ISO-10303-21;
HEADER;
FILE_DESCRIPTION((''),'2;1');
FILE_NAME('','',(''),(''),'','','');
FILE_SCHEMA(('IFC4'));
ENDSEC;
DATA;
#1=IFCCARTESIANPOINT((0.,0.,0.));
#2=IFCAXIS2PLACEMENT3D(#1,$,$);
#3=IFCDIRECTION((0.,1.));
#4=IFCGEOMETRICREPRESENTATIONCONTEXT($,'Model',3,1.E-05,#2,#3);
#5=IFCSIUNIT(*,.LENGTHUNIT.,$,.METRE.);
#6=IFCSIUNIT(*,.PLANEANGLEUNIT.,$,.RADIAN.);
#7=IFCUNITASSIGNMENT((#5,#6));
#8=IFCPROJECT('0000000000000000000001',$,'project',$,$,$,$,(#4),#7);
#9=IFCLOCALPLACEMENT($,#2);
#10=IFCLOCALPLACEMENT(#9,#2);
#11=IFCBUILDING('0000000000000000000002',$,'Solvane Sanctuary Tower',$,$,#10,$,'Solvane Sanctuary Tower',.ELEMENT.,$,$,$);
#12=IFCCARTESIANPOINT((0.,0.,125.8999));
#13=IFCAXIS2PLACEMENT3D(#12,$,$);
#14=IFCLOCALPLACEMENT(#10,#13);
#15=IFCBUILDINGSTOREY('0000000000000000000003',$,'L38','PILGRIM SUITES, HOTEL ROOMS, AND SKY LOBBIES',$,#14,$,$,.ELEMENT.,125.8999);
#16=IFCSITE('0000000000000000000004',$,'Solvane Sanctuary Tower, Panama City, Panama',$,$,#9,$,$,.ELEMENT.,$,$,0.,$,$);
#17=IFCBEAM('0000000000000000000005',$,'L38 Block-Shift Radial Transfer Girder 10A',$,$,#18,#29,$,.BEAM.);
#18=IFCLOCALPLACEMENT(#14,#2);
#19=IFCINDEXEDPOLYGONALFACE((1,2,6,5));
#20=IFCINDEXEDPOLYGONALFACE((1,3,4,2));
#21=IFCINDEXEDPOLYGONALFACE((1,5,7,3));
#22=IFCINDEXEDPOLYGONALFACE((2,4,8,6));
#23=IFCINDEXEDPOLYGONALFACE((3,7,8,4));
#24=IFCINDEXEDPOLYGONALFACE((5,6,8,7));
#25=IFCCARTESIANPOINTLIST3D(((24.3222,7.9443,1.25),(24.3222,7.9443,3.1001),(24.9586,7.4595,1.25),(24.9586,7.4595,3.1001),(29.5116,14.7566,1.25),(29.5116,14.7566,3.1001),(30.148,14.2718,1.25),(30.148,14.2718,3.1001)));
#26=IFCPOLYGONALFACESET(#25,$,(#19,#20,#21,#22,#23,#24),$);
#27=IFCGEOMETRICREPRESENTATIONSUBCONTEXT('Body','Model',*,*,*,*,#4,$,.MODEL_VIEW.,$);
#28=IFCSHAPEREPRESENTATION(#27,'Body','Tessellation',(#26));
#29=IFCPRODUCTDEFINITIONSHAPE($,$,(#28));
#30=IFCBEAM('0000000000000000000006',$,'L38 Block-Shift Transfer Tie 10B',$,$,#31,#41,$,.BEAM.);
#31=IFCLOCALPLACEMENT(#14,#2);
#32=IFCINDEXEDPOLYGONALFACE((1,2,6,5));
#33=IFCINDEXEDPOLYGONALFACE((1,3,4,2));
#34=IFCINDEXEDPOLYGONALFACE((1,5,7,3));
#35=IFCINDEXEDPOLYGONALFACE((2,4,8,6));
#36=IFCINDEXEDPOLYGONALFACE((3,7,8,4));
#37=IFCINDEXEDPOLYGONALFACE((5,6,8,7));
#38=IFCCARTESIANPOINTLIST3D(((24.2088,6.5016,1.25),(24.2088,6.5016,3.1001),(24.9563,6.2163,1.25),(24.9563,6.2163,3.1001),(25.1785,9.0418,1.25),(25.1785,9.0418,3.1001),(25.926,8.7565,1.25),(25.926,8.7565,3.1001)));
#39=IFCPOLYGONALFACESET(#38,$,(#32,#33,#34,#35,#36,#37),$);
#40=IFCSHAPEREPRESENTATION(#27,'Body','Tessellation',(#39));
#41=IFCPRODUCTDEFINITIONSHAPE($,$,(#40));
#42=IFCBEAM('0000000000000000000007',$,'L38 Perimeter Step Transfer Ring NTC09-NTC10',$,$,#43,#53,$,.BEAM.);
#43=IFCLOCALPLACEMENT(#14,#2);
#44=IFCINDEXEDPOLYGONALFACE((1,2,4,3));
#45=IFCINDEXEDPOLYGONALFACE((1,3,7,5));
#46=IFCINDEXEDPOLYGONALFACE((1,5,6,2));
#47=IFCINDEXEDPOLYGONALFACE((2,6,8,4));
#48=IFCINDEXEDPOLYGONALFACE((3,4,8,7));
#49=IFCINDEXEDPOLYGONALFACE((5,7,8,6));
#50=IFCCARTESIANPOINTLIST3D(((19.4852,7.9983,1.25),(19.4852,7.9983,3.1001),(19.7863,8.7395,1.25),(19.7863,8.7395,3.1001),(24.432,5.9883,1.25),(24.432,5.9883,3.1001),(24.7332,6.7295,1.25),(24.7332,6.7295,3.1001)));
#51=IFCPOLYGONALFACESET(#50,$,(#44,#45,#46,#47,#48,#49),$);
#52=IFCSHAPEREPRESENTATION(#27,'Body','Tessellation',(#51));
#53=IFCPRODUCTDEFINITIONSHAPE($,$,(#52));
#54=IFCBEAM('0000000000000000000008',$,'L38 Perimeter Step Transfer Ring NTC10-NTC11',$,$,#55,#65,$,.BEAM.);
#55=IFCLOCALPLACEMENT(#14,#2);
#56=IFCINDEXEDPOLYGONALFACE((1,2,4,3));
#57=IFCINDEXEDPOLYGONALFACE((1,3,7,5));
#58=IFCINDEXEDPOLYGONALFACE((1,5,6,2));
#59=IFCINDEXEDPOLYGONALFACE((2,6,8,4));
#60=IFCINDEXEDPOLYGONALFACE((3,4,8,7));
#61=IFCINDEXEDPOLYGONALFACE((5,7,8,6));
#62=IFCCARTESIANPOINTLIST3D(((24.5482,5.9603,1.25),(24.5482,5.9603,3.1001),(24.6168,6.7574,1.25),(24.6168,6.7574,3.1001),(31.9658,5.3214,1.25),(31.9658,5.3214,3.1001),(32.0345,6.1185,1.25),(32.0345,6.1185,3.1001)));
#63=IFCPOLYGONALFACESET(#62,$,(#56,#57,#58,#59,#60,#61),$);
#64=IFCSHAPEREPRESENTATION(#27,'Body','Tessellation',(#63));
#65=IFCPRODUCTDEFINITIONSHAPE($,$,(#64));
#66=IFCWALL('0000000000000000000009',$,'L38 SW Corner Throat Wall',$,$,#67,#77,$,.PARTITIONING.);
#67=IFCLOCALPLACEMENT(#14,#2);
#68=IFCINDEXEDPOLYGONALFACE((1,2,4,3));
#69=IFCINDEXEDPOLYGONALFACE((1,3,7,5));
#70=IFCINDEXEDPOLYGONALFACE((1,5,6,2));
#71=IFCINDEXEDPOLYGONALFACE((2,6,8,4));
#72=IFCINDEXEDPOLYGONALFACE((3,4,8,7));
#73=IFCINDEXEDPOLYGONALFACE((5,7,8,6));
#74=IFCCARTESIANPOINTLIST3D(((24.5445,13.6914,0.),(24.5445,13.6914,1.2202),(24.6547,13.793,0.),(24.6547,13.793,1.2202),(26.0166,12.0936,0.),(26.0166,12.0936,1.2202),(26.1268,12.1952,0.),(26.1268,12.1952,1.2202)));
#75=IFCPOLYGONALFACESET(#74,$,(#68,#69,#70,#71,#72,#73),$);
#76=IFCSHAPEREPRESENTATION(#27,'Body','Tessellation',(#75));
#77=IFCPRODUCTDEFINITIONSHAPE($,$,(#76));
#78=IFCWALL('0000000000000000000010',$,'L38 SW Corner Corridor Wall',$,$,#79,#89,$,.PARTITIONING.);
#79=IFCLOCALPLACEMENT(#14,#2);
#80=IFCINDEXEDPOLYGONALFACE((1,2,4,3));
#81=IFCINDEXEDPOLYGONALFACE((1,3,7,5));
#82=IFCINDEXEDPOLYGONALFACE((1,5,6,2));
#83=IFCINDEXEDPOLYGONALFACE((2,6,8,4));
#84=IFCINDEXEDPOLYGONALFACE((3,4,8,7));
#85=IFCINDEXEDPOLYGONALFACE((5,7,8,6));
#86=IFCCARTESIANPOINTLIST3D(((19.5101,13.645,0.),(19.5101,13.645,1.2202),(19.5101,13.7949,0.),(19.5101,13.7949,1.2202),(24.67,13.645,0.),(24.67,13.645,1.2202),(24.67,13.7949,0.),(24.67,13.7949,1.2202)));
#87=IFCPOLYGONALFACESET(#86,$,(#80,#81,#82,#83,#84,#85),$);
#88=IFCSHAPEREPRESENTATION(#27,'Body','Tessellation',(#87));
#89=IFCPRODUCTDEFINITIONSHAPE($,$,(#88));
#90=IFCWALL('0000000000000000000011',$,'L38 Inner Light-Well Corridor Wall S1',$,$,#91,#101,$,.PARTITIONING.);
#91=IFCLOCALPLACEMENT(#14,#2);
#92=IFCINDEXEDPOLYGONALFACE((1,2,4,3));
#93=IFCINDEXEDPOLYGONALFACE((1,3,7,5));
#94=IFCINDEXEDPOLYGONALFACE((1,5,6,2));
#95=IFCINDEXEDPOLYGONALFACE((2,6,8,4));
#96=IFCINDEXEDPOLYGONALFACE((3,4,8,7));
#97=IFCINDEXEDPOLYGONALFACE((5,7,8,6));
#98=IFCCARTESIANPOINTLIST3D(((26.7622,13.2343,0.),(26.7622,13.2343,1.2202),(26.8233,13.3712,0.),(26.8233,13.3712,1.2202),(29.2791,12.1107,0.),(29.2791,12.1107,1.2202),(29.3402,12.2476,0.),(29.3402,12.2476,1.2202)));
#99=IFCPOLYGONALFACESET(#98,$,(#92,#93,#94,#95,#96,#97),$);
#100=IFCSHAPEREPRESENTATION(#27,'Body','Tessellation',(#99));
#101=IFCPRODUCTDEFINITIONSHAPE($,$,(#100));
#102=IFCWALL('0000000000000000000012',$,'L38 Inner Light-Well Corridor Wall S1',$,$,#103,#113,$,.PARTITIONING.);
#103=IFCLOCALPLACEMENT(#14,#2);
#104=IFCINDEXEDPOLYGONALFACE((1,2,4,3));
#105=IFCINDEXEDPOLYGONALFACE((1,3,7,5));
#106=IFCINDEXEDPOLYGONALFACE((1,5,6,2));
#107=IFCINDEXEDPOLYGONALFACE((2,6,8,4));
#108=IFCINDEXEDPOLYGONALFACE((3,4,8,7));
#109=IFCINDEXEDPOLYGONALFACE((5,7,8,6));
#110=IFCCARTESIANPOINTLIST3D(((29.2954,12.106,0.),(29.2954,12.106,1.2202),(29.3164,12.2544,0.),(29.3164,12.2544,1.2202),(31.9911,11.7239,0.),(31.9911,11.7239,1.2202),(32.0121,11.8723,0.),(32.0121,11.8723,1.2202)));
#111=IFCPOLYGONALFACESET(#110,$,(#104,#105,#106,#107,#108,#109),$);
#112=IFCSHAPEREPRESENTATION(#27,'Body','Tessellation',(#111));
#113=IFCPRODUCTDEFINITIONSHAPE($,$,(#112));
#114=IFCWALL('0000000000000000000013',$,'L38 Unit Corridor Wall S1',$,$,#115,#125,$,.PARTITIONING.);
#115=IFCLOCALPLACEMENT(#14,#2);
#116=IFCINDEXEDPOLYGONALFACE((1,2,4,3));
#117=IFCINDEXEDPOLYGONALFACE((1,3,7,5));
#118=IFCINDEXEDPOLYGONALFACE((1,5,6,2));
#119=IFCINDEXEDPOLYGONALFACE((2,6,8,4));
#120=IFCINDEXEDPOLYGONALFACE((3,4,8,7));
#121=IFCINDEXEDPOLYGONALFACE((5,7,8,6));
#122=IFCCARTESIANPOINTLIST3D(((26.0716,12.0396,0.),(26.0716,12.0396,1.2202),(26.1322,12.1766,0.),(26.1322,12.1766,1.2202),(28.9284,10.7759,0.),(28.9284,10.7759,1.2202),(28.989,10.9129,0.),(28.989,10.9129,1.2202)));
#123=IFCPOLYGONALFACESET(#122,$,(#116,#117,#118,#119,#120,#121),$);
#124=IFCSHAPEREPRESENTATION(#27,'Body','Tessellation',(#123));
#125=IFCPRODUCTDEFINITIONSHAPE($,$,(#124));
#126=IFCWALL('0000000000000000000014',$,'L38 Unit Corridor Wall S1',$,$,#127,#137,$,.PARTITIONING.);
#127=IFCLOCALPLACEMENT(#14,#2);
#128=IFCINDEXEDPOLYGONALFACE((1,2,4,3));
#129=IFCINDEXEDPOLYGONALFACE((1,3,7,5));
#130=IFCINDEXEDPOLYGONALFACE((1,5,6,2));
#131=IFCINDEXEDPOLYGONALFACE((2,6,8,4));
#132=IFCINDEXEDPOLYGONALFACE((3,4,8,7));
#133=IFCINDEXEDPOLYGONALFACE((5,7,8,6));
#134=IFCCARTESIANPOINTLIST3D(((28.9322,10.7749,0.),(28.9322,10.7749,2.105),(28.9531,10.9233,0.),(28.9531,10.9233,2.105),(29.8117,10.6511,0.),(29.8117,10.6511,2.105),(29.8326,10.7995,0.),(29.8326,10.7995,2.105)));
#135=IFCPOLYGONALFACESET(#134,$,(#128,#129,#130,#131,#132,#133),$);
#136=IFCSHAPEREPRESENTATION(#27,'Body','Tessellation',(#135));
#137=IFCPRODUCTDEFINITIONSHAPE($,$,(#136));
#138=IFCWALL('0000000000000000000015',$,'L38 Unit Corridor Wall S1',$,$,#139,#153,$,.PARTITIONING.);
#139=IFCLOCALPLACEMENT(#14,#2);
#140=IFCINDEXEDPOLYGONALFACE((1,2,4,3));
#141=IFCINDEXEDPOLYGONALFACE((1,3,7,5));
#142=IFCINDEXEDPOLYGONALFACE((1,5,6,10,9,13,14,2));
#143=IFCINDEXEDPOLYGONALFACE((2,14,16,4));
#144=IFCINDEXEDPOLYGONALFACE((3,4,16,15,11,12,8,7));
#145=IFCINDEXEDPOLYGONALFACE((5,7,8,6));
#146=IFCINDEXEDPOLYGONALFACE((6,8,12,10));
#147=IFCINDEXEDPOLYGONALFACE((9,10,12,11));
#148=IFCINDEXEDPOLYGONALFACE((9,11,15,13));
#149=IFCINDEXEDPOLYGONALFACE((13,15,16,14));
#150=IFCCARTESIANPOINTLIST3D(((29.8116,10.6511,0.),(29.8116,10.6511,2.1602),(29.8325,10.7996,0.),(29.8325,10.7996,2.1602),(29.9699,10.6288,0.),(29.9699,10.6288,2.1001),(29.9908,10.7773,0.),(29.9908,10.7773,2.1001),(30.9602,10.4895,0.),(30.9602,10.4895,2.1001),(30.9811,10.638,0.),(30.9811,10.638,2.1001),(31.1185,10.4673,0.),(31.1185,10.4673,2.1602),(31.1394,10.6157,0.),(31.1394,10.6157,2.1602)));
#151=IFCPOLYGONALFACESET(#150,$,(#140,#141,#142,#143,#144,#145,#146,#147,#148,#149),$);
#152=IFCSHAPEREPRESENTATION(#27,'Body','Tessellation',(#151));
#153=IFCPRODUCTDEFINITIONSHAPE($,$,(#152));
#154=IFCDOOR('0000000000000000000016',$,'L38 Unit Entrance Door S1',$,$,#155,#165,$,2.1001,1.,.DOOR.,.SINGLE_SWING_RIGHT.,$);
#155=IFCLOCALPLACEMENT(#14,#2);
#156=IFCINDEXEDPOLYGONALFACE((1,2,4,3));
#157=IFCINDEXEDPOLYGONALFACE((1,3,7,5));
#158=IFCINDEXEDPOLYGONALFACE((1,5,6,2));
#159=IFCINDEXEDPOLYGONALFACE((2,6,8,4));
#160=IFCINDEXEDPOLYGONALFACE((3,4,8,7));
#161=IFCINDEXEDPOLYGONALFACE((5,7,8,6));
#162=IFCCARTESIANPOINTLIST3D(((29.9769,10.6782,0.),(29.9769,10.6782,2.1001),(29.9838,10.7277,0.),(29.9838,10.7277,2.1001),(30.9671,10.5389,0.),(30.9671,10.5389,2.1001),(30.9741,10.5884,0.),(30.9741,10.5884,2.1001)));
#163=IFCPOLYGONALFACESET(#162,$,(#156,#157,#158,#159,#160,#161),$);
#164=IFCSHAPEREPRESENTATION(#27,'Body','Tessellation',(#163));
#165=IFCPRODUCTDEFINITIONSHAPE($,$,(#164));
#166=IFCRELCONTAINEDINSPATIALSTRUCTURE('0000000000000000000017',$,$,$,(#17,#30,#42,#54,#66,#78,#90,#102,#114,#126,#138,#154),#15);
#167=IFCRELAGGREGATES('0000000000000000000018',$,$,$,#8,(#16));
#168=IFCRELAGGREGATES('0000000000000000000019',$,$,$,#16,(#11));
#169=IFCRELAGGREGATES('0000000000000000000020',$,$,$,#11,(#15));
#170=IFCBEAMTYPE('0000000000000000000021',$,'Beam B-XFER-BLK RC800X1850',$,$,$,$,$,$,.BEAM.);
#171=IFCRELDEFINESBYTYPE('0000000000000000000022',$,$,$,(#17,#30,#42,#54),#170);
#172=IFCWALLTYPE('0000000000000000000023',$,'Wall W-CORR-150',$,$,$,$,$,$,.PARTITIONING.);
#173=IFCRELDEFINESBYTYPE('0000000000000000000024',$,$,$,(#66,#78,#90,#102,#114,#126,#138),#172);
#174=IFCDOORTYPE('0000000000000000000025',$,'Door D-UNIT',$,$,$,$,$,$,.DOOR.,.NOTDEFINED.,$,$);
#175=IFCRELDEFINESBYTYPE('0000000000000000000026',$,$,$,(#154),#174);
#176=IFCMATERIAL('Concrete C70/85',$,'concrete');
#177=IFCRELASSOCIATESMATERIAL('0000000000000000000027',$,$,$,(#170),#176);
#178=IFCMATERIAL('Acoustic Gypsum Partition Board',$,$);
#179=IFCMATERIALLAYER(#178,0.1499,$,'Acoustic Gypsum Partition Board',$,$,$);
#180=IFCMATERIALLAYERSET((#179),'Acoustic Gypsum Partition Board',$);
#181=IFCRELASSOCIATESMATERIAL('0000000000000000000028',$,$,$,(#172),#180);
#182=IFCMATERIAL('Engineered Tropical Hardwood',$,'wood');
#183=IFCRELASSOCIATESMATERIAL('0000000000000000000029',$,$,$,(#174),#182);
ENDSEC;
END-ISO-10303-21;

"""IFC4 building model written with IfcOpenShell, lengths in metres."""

from ifc_helpers import new_model, si_unit, direction, frame, frame_2d, origin, origin_2d, place, context, subcontext, project, spatial, rectangle, extrude, material, layer, layer_set, material_profile, profile_set, type_object, element, fill, save


model = new_model("IFC4")

# Units and contexts
model_context = context("Model", 3, precision=1e-05, world=origin(), true_north=direction((0.0, 1.0)))
body_context = subcontext(model_context, "Body", "Model", "MODEL_VIEW")
ifc_project = project(units=[si_unit("LENGTHUNIT", "METRE"), si_unit("PLANEANGLEUNIT", "RADIAN")], contexts=[model_context])

# Site, building, storey
site_placement = place(None, origin())
site = spatial("IfcSite", under=ifc_project, at=site_placement, Name="Solvane Sanctuary Tower, Panama City, Panama", CompositionType="ELEMENT", RefElevation=0.0)
building_placement = place(site_placement, origin())
building = spatial("IfcBuilding", under=site, at=building_placement, Name="Solvane Sanctuary Tower", LongName="Solvane Sanctuary Tower", CompositionType="ELEMENT")
storey_placement = place(building_placement, frame((0.0, 0.0, 125.8999)))
storey = spatial("IfcBuildingStorey", under=building, at=storey_placement, Name="L38", Description="PILGRIM SUITES, HOTEL ROOMS, AND SKY LOBBIES", CompositionType="ELEMENT", Elevation=125.8999)

# Beams
ifc_material_1 = material(Name="Concrete C70/85", Category="concrete")
ifc_material_profile_1 = material_profile(ifc_material_1, rectangle(XDim=0.8, YDim=1.8501, at=origin_2d()), Name="RC800X1850")
ifc_profile_set_1 = profile_set([ifc_material_profile_1], Name="Concrete C70/85")
beam_type_1 = type_object("IfcBeamType", Name="Beam B-XFER-BLK RC800X1850", PredefinedType="BEAM", material=ifc_profile_set_1)
beam_1_placement = place(storey_placement, frame((29.8298, 14.5142, 2.175), z_axis=(-0.605981, -0.795479, 0.0), x_axis=(0.795479, -0.605981, 0.0)))
element("IfcBeam", 1, at=beam_1_placement, inside=storey, type_object=beam_type_1, Name="L38 Block-Shift Radial Transfer Girder 10A", PredefinedType="BEAM", context=body_context, shape_type="SweptSolid", body=[
    extrude(rectangle(XDim=0.8, YDim=1.8501, at=origin_2d()), origin(), (0.0, 0.0, 1.0), 8.5637),
])
beam_2_placement = place(storey_placement, frame((25.5522, 8.8992, 2.175), z_axis=(-0.356637, -0.934243, 0.0), x_axis=(0.934243, -0.356637, 0.0)))
element("IfcBeam", 2, at=beam_2_placement, inside=storey, type_object=beam_type_1, Name="L38 Block-Shift Transfer Tie 10B", PredefinedType="BEAM", context=body_context, shape_type="SweptSolid", body=[
    extrude(rectangle(XDim=0.8, YDim=1.8501, at=origin_2d()), origin(), (0.0, 0.0, 1.0), 2.719),
])
beam_3_placement = place(storey_placement, frame((19.6357, 8.3689, 2.175), z_axis=(0.926442, -0.376438, 0.0), x_axis=(0.376438, 0.926442, 0.0)))
element("IfcBeam", 3, at=beam_3_placement, inside=storey, type_object=beam_type_1, Name="L38 Perimeter Step Transfer Ring NTC09-NTC10", PredefinedType="BEAM", context=body_context, shape_type="SweptSolid", body=[
    extrude(rectangle(XDim=0.8, YDim=1.8501, at=origin_2d()), origin(), (0.0, 0.0, 1.0), 5.3396),
])
beam_4_placement = place(storey_placement, frame((24.5825, 6.3589, 2.175), z_axis=(0.996311, -0.085819, 0.0), x_axis=(0.085819, 0.996311, 0.0)))
element("IfcBeam", 4, at=beam_4_placement, inside=storey, type_object=beam_type_1, Name="L38 Perimeter Step Transfer Ring NTC10-NTC11", PredefinedType="BEAM", context=body_context, shape_type="SweptSolid", body=[
    extrude(rectangle(XDim=0.8, YDim=1.8501, at=origin_2d()), origin(), (0.0, 0.0, 1.0), 7.4451),
])

# Walls
ifc_material_2 = material(Name="Acoustic Gypsum Partition Board")
ifc_layer_1 = layer(ifc_material_2, 0.1499, Name="Acoustic Gypsum Partition Board")
ifc_layer_set_1 = layer_set([ifc_layer_1], Name="Acoustic Gypsum Partition Board")
wall_type_1 = type_object("IfcWallType", Name="Wall W-CORR-150", PredefinedType="PARTITIONING", material=ifc_layer_set_1)
wall_1_placement = place(storey_placement, frame((26.0718, 12.1443, 0.0), z_axis=(0.0, 0.0, 1.0), x_axis=(-0.67758, 0.735449, 0.0)))
element("IfcWall", 5, at=wall_1_placement, inside=storey, type_object=wall_type_1, Name="L38 SW Corner Throat Wall", PredefinedType="PARTITIONING", context=body_context, shape_type="SweptSolid", body=[
    extrude(rectangle(XDim=2.1726, YDim=0.1499, at=frame_2d((1.0864, 0.0))), origin(), (0.0, 0.0, 1.0), 1.2202),
])
wall_2_placement = place(storey_placement, frame((19.51, 13.72, 0.0), z_axis=(0.0, 0.0, 1.0), x_axis=(1.0, 0.0, 0.0)))
element("IfcWall", 6, at=wall_2_placement, inside=storey, type_object=wall_type_1, Name="L38 SW Corner Corridor Wall", PredefinedType="PARTITIONING", context=body_context, shape_type="SweptSolid", body=[
    extrude(rectangle(XDim=5.1599, YDim=0.1499, at=frame_2d((2.5801, 0.0))), origin(), (0.0, 0.0, 1.0), 1.2202),
])
wall_3_placement = place(storey_placement, frame((26.7927, 13.3027, 0.0), z_axis=(0.0, 0.0, 1.0), x_axis=(0.913146, -0.407634, 0.0)))
element("IfcWall", 7, at=wall_3_placement, inside=storey, type_object=wall_type_1, Name="L38 Inner Light-Well Corridor Wall S1", PredefinedType="PARTITIONING", context=body_context, shape_type="SweptSolid", body=[
    extrude(rectangle(XDim=2.7563, YDim=0.1499, at=frame_2d((1.3782, 0.0))), origin(), (0.0, 0.0, 1.0), 1.2202),
])
wall_4_placement = place(storey_placement, frame((29.3059, 12.1802, 0.0), z_axis=(0.0, 0.0, 1.0), x_axis=(0.990105, -0.140329, 0.0)))
element("IfcWall", 8, at=wall_4_placement, inside=storey, type_object=wall_type_1, Name="L38 Inner Light-Well Corridor Wall S1", PredefinedType="PARTITIONING", context=body_context, shape_type="SweptSolid", body=[
    extrude(rectangle(XDim=2.7227, YDim=0.1499, at=frame_2d((1.3613, 0.0))), origin(), (0.0, 0.0, 1.0), 1.2202),
])
wall_5_placement = place(storey_placement, frame((26.1018, 12.1082, 0.0), z_axis=(0.0, 0.0, 1.0), x_axis=(0.914519, -0.404542, 0.0)))
element("IfcWall", 9, at=wall_5_placement, inside=storey, type_object=wall_type_1, Name="L38 Unit Corridor Wall S1", PredefinedType="PARTITIONING", context=body_context, shape_type="SweptSolid", body=[
    extrude(rectangle(XDim=3.1238, YDim=0.1499, at=frame_2d((1.562, 0.0))), origin(), (0.0, 0.0, 1.0), 1.2202),
])
wall_6_placement = place(storey_placement, frame((28.9426, 10.8491, 0.0), z_axis=(0.0, 0.0, 1.0), x_axis=(0.990239, -0.139381, 0.0)))
element("IfcWall", 10, at=wall_6_placement, inside=storey, type_object=wall_type_1, Name="L38 Unit Corridor Wall S1", PredefinedType="PARTITIONING", context=body_context, shape_type="SweptSolid", body=[
    extrude(rectangle(XDim=0.8882, YDim=0.1499, at=frame_2d((0.4441, 0.0))), origin(), (0.0, 0.0, 1.0), 2.105),
])

# Wall, opening, door
wall_7_placement = place(storey_placement, frame((29.822, 10.7253, 0.0), z_axis=(0.0, 0.0, 1.0), x_axis=(0.990251, -0.139297, 0.0)))
wall_7 = element("IfcWall", 11, at=wall_7_placement, inside=storey, type_object=wall_type_1, Name="L38 Unit Corridor Wall S1", PredefinedType="PARTITIONING", context=body_context, shape_type="SweptSolid", body=[
    extrude(rectangle(XDim=1.3198, YDim=0.1499, at=frame_2d((0.6599, 0.0))), origin(), (0.0, 0.0, 1.0), 2.1602),
])
opening_1_placement = place(wall_7_placement, frame((0.1599, 0.0, 0.0)))
opening_1 = element("IfcOpeningElement", 12, at=opening_1_placement, cuts=wall_7, PredefinedType="OPENING", context=body_context, shape_type="SweptSolid", body=[
    extrude(rectangle(XDim=1.0, YDim=2.1001, at=frame_2d((0.5, 1.05))), frame((0.0, 0.085, 0.0), z_axis=(0.0, -1.0, 0.0), x_axis=(1.0, 0.0, 0.0)), (0.0, 0.0, 1.0), 0.1699),
])
ifc_material_3 = material(Name="Engineered Tropical Hardwood", Category="wood")
door_type = type_object("IfcDoorType", Name="Door D-UNIT", OperationType="NOTDEFINED", PredefinedType="DOOR", material=ifc_material_3)
door_placement = place(opening_1_placement, origin())
door = element("IfcDoor", 13, at=door_placement, inside=storey, type_object=door_type, Name="L38 Unit Entrance Door S1", OperationType="SINGLE_SWING_RIGHT", OverallHeight=2.1001, OverallWidth=1.0, PredefinedType="DOOR", context=body_context, shape_type="SweptSolid", body=[
    extrude(rectangle(XDim=1.0, YDim=2.1001, at=frame_2d((0.5, 1.05))), frame((0.0, 0.0249, 0.0), z_axis=(0.0, -1.0, 0.0), x_axis=(1.0, 0.0, 0.0)), (0.0, 0.0, 1.0), 0.05),
])
fill(opening_1, door)

save(model, "model.ifc")
